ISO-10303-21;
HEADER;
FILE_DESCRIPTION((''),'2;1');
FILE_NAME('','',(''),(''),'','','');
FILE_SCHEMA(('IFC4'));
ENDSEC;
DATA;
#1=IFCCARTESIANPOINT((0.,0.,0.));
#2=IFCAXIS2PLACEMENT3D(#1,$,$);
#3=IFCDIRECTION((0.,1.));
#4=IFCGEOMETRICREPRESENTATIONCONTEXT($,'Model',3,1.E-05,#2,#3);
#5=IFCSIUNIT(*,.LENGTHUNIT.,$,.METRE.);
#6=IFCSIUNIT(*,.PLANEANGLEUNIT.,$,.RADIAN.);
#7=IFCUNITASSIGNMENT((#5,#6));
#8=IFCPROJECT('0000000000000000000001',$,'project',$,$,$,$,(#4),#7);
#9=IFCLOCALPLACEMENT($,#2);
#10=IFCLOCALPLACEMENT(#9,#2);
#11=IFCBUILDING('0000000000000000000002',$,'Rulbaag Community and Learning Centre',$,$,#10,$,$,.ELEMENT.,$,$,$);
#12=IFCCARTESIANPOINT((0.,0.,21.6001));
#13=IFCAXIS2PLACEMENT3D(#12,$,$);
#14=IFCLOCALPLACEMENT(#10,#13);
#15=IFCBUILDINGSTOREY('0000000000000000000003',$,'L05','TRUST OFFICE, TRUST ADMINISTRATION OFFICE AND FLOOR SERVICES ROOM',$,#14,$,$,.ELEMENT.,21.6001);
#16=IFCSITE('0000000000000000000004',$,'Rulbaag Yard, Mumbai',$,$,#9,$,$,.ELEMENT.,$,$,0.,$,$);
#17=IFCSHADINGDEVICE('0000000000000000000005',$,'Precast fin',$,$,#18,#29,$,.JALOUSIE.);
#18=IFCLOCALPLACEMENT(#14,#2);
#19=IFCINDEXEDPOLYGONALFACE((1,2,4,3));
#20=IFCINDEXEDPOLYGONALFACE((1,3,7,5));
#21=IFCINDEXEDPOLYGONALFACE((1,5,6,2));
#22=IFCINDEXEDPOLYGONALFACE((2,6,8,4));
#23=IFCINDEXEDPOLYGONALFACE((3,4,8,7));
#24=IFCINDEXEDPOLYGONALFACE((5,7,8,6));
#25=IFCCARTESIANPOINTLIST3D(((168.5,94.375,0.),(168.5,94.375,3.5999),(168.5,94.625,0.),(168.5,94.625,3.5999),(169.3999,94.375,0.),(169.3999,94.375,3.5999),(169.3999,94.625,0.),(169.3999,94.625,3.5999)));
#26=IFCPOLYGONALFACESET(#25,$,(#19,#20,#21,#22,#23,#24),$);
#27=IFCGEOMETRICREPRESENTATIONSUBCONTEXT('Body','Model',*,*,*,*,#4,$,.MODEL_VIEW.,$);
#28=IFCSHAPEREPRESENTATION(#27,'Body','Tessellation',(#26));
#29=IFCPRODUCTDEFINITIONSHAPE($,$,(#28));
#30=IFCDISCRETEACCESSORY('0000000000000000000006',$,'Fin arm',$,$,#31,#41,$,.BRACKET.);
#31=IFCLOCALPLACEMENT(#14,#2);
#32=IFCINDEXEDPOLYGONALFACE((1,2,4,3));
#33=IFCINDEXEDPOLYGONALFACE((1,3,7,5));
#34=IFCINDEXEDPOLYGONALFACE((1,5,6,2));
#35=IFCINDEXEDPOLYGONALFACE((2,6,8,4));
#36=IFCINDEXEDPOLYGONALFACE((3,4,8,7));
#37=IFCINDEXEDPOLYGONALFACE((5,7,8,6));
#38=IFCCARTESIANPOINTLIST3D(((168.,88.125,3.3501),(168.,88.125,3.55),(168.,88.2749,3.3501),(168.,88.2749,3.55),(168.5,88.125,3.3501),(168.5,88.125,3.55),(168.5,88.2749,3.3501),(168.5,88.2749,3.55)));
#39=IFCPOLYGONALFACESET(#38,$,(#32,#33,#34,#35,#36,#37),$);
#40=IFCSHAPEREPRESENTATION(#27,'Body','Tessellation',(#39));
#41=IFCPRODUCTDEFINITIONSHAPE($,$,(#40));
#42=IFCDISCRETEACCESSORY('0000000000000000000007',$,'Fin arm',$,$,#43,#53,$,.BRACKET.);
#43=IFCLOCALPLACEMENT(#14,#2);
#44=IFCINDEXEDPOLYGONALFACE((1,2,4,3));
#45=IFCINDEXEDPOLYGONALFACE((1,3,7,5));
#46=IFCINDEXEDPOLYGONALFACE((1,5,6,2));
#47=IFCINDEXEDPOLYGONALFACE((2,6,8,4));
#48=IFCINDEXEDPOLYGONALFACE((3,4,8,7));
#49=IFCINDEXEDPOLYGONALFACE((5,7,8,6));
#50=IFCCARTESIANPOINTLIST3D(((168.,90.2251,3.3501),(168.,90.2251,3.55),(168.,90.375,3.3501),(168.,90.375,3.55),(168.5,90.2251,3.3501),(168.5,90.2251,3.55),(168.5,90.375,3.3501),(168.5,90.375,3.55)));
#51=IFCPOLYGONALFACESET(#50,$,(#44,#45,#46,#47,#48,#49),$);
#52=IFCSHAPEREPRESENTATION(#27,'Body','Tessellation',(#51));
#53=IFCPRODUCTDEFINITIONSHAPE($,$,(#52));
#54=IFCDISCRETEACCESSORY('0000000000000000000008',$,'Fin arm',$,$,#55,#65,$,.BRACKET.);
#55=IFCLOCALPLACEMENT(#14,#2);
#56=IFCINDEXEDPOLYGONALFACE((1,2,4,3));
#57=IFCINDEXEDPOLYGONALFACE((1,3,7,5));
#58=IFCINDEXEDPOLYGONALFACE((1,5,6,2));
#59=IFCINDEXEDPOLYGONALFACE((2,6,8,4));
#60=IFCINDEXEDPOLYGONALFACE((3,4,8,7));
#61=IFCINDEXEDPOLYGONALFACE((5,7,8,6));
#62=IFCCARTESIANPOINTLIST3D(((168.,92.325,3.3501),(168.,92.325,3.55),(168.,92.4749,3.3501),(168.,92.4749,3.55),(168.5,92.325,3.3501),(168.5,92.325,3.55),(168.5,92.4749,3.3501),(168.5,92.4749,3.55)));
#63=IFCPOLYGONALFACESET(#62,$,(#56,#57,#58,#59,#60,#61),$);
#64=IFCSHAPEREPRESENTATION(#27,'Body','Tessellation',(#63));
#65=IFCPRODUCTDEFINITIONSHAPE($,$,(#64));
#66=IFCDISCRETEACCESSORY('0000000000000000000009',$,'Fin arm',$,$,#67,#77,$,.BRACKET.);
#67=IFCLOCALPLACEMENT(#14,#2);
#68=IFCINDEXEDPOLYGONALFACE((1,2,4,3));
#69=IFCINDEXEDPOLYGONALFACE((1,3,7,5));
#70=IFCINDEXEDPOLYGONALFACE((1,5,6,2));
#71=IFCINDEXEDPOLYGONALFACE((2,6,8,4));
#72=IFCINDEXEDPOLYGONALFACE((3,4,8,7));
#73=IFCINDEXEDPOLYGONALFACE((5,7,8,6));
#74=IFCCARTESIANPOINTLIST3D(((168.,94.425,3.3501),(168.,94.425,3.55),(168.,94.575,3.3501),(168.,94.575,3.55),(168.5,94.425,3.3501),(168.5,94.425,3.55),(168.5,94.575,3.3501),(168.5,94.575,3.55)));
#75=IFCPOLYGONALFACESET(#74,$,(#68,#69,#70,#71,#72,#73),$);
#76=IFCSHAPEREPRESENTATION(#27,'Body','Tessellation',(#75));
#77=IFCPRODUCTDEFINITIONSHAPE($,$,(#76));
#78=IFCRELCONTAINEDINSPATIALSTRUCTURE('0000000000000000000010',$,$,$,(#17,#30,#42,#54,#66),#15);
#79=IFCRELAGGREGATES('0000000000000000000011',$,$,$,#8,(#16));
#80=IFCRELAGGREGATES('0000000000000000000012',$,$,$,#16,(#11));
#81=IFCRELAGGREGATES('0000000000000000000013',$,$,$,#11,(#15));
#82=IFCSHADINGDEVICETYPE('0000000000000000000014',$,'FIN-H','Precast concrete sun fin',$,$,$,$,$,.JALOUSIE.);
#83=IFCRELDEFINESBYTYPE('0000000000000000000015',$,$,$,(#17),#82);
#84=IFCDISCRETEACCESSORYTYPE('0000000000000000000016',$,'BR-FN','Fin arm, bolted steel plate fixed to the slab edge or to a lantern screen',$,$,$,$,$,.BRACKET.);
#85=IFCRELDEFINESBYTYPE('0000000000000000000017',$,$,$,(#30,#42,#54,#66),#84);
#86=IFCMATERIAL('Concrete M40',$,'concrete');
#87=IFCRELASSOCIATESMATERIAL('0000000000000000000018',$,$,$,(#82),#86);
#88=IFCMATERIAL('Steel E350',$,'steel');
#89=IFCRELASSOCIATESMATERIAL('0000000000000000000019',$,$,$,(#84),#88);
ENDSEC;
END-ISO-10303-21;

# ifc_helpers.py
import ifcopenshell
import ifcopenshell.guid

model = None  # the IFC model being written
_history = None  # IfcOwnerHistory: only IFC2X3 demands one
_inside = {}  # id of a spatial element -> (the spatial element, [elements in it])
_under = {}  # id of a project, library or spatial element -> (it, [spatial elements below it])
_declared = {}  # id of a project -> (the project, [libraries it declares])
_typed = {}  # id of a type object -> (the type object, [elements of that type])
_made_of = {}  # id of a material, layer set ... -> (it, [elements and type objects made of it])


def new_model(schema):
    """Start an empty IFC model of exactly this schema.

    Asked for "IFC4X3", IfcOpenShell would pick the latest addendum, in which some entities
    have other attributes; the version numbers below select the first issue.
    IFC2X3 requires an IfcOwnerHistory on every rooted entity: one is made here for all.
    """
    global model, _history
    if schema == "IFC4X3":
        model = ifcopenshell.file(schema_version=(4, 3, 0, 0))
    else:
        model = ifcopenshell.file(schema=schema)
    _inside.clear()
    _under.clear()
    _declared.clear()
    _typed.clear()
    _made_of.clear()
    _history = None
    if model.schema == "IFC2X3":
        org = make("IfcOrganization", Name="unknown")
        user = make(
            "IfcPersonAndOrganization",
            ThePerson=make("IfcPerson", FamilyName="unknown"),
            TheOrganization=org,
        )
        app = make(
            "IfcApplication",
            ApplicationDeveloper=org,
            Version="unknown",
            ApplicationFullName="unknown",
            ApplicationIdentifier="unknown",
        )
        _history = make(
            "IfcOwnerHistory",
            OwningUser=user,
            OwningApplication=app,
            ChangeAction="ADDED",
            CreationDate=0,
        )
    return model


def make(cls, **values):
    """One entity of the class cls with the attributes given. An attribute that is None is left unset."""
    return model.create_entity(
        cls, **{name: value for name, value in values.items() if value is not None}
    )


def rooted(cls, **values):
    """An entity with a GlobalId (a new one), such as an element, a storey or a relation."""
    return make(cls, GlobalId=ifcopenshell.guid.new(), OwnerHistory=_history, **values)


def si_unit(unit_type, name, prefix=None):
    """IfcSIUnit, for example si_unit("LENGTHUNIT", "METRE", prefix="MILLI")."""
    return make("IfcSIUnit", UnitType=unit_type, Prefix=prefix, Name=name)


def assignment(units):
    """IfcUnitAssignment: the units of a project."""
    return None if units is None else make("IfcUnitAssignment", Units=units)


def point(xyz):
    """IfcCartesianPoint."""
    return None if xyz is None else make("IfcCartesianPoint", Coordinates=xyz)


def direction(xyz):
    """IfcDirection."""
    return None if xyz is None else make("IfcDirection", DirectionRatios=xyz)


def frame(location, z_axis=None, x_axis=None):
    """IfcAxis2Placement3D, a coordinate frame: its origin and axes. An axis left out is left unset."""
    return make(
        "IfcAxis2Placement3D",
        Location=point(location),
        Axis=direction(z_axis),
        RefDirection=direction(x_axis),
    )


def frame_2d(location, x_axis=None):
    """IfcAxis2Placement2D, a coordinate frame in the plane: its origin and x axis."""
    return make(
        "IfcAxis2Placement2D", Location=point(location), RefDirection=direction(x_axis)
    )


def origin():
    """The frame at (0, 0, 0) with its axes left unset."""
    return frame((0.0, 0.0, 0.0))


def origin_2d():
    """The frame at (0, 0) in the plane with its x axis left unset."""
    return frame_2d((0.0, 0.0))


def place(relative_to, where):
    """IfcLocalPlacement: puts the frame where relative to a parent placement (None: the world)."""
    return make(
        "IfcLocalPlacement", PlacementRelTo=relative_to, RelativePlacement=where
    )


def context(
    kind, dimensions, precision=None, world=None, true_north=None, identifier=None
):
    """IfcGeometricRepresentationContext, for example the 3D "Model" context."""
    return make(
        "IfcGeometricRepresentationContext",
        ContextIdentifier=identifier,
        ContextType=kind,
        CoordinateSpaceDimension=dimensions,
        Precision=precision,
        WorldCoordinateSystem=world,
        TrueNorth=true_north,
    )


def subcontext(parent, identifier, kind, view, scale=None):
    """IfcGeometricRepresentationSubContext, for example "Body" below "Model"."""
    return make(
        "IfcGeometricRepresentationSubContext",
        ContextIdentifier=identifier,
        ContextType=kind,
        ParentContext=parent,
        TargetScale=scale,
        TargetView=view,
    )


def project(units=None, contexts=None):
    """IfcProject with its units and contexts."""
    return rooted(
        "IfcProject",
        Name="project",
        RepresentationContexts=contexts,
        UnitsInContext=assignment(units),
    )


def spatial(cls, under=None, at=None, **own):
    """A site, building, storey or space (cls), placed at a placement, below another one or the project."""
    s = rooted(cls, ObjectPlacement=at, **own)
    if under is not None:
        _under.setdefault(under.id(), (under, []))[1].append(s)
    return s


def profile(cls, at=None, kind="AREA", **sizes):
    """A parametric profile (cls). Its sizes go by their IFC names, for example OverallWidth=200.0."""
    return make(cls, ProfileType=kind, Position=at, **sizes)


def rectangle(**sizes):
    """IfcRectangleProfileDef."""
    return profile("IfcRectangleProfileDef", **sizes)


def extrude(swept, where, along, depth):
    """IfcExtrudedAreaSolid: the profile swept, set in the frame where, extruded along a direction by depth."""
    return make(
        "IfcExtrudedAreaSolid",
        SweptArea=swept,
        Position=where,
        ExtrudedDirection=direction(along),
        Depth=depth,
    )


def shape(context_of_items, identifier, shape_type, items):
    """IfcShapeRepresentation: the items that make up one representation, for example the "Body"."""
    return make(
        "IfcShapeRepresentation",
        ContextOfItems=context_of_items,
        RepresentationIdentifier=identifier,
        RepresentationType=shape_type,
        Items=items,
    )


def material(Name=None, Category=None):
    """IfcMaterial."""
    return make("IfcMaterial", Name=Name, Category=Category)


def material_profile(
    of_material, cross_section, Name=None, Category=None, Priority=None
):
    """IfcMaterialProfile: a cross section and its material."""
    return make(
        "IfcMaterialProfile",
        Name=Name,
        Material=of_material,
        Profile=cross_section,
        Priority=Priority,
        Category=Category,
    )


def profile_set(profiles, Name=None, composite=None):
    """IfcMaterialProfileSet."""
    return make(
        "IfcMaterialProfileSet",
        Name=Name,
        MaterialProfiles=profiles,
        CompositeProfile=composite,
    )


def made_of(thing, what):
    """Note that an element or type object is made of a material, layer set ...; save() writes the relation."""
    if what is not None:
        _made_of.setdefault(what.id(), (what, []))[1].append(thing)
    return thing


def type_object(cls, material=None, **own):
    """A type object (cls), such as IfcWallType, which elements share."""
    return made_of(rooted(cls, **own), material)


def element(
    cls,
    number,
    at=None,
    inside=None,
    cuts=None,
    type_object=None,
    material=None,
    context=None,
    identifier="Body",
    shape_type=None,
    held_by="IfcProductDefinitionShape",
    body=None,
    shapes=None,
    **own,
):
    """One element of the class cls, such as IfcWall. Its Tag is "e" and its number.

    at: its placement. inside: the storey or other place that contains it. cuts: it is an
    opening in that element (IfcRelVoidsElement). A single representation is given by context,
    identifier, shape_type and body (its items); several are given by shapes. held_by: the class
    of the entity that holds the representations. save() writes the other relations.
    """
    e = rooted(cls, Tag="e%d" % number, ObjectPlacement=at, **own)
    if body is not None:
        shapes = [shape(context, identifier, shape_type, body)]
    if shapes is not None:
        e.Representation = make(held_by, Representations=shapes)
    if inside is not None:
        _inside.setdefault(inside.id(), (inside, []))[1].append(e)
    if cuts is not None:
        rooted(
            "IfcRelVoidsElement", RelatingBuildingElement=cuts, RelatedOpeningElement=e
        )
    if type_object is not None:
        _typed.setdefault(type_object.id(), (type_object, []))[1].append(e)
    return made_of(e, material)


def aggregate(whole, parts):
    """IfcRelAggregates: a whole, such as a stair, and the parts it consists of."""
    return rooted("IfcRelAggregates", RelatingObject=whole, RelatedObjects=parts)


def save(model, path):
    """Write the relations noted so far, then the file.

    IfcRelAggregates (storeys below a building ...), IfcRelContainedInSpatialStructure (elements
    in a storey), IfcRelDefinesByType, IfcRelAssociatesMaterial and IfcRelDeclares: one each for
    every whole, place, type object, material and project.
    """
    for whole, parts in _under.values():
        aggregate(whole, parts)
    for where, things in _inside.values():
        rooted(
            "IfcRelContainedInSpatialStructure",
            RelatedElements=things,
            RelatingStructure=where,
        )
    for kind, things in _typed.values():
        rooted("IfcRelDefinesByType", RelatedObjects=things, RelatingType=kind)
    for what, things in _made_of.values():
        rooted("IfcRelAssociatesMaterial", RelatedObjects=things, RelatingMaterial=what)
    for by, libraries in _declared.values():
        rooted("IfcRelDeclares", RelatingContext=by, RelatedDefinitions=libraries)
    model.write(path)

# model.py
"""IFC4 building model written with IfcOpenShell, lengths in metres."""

from ifc_helpers import new_model, si_unit, direction, frame, origin, origin_2d, place, context, subcontext, project, spatial, rectangle, extrude, material, material_profile, profile_set, type_object, element, save


model = new_model("IFC4")

# Units and contexts
model_context = context("Model", 3, precision=1e-05, world=origin(), true_north=direction((0.0, 1.0)))
body_context = subcontext(model_context, "Body", "Model", "MODEL_VIEW")
ifc_project = project(units=[si_unit("LENGTHUNIT", "METRE"), si_unit("PLANEANGLEUNIT", "RADIAN")], contexts=[model_context])

# Site, building, storey
site_placement = place(None, origin())
site = spatial("IfcSite", under=ifc_project, at=site_placement, Name="Rulbaag Yard, Mumbai", CompositionType="ELEMENT", RefElevation=0.0)
building_placement = place(site_placement, origin())
building = spatial("IfcBuilding", under=site, at=building_placement, Name="Rulbaag Community and Learning Centre", CompositionType="ELEMENT")
storey_placement = place(building_placement, frame((0.0, 0.0, 21.6001)))
storey = spatial("IfcBuildingStorey", under=building, at=storey_placement, Name="L05", Description="TRUST OFFICE, TRUST ADMINISTRATION OFFICE AND FLOOR SERVICES ROOM", CompositionType="ELEMENT", Elevation=21.6001)

# Shading device
ifc_material_1 = material(Name="Concrete M40", Category="concrete")
ifc_material_profile_1 = material_profile(ifc_material_1, rectangle(XDim=0.25, YDim=0.8999, at=origin_2d()), Name="PC 250x900")
ifc_profile_set_1 = profile_set([ifc_material_profile_1], Name="Concrete M40")
shading_device_type = type_object("IfcShadingDeviceType", Name="FIN-H", Description="Precast concrete sun fin", PredefinedType="JALOUSIE", material=ifc_profile_set_1)
for number, where, z_axis, x_axis, name in (
    (1, (168.95, 94.5, 0.0), (0.0, 0.0, 1.0), (0.0, 1.0, 0.0), "Precast fin"),
):
    element("IfcShadingDevice", number, at=place(storey_placement, frame(where, z_axis=z_axis, x_axis=x_axis)), inside=storey, type_object=shading_device_type, Name=name, PredefinedType="JALOUSIE", context=body_context, shape_type="SweptSolid", body=[
        extrude(rectangle(XDim=0.25, YDim=0.8999, at=origin_2d()), origin(), (0.0, 0.0, 1.0), 3.5999),
    ])

# Discrete accessories
ifc_material_2 = material(Name="Steel E350", Category="steel")
discrete_accessory_type = type_object("IfcDiscreteAccessoryType", Name="BR-FN", Description="Fin arm, bolted steel plate fixed to the slab edge or to a lantern screen", PredefinedType="BRACKET", material=ifc_material_2)
for number, where, z_axis, x_axis, name in (
    (2, (168.25, 88.2, 3.3501), (0.0, 0.0, 1.0), (1.0, 0.0, 0.0), "Fin arm"),
    (3, (168.25, 90.3, 3.3501), (0.0, 0.0, 1.0), (1.0, 0.0, 0.0), "Fin arm"),
    (4, (168.25, 92.3999, 3.3501), (0.0, 0.0, 1.0), (1.0, 0.0, 0.0), "Fin arm"),
    (5, (168.25, 94.5, 3.3501), (0.0, 0.0, 1.0), (1.0, 0.0, 0.0), "Fin arm"),
):
    element("IfcDiscreteAccessory", number, at=place(storey_placement, frame(where, z_axis=z_axis, x_axis=x_axis)), inside=storey, type_object=discrete_accessory_type, Name=name, PredefinedType="BRACKET", context=body_context, shape_type="SweptSolid", body=[
        extrude(rectangle(XDim=0.5, YDim=0.1499, at=origin_2d()), origin(), (0.0, 0.0, 1.0), 0.2),
    ])

save(model, "model.ifc")
